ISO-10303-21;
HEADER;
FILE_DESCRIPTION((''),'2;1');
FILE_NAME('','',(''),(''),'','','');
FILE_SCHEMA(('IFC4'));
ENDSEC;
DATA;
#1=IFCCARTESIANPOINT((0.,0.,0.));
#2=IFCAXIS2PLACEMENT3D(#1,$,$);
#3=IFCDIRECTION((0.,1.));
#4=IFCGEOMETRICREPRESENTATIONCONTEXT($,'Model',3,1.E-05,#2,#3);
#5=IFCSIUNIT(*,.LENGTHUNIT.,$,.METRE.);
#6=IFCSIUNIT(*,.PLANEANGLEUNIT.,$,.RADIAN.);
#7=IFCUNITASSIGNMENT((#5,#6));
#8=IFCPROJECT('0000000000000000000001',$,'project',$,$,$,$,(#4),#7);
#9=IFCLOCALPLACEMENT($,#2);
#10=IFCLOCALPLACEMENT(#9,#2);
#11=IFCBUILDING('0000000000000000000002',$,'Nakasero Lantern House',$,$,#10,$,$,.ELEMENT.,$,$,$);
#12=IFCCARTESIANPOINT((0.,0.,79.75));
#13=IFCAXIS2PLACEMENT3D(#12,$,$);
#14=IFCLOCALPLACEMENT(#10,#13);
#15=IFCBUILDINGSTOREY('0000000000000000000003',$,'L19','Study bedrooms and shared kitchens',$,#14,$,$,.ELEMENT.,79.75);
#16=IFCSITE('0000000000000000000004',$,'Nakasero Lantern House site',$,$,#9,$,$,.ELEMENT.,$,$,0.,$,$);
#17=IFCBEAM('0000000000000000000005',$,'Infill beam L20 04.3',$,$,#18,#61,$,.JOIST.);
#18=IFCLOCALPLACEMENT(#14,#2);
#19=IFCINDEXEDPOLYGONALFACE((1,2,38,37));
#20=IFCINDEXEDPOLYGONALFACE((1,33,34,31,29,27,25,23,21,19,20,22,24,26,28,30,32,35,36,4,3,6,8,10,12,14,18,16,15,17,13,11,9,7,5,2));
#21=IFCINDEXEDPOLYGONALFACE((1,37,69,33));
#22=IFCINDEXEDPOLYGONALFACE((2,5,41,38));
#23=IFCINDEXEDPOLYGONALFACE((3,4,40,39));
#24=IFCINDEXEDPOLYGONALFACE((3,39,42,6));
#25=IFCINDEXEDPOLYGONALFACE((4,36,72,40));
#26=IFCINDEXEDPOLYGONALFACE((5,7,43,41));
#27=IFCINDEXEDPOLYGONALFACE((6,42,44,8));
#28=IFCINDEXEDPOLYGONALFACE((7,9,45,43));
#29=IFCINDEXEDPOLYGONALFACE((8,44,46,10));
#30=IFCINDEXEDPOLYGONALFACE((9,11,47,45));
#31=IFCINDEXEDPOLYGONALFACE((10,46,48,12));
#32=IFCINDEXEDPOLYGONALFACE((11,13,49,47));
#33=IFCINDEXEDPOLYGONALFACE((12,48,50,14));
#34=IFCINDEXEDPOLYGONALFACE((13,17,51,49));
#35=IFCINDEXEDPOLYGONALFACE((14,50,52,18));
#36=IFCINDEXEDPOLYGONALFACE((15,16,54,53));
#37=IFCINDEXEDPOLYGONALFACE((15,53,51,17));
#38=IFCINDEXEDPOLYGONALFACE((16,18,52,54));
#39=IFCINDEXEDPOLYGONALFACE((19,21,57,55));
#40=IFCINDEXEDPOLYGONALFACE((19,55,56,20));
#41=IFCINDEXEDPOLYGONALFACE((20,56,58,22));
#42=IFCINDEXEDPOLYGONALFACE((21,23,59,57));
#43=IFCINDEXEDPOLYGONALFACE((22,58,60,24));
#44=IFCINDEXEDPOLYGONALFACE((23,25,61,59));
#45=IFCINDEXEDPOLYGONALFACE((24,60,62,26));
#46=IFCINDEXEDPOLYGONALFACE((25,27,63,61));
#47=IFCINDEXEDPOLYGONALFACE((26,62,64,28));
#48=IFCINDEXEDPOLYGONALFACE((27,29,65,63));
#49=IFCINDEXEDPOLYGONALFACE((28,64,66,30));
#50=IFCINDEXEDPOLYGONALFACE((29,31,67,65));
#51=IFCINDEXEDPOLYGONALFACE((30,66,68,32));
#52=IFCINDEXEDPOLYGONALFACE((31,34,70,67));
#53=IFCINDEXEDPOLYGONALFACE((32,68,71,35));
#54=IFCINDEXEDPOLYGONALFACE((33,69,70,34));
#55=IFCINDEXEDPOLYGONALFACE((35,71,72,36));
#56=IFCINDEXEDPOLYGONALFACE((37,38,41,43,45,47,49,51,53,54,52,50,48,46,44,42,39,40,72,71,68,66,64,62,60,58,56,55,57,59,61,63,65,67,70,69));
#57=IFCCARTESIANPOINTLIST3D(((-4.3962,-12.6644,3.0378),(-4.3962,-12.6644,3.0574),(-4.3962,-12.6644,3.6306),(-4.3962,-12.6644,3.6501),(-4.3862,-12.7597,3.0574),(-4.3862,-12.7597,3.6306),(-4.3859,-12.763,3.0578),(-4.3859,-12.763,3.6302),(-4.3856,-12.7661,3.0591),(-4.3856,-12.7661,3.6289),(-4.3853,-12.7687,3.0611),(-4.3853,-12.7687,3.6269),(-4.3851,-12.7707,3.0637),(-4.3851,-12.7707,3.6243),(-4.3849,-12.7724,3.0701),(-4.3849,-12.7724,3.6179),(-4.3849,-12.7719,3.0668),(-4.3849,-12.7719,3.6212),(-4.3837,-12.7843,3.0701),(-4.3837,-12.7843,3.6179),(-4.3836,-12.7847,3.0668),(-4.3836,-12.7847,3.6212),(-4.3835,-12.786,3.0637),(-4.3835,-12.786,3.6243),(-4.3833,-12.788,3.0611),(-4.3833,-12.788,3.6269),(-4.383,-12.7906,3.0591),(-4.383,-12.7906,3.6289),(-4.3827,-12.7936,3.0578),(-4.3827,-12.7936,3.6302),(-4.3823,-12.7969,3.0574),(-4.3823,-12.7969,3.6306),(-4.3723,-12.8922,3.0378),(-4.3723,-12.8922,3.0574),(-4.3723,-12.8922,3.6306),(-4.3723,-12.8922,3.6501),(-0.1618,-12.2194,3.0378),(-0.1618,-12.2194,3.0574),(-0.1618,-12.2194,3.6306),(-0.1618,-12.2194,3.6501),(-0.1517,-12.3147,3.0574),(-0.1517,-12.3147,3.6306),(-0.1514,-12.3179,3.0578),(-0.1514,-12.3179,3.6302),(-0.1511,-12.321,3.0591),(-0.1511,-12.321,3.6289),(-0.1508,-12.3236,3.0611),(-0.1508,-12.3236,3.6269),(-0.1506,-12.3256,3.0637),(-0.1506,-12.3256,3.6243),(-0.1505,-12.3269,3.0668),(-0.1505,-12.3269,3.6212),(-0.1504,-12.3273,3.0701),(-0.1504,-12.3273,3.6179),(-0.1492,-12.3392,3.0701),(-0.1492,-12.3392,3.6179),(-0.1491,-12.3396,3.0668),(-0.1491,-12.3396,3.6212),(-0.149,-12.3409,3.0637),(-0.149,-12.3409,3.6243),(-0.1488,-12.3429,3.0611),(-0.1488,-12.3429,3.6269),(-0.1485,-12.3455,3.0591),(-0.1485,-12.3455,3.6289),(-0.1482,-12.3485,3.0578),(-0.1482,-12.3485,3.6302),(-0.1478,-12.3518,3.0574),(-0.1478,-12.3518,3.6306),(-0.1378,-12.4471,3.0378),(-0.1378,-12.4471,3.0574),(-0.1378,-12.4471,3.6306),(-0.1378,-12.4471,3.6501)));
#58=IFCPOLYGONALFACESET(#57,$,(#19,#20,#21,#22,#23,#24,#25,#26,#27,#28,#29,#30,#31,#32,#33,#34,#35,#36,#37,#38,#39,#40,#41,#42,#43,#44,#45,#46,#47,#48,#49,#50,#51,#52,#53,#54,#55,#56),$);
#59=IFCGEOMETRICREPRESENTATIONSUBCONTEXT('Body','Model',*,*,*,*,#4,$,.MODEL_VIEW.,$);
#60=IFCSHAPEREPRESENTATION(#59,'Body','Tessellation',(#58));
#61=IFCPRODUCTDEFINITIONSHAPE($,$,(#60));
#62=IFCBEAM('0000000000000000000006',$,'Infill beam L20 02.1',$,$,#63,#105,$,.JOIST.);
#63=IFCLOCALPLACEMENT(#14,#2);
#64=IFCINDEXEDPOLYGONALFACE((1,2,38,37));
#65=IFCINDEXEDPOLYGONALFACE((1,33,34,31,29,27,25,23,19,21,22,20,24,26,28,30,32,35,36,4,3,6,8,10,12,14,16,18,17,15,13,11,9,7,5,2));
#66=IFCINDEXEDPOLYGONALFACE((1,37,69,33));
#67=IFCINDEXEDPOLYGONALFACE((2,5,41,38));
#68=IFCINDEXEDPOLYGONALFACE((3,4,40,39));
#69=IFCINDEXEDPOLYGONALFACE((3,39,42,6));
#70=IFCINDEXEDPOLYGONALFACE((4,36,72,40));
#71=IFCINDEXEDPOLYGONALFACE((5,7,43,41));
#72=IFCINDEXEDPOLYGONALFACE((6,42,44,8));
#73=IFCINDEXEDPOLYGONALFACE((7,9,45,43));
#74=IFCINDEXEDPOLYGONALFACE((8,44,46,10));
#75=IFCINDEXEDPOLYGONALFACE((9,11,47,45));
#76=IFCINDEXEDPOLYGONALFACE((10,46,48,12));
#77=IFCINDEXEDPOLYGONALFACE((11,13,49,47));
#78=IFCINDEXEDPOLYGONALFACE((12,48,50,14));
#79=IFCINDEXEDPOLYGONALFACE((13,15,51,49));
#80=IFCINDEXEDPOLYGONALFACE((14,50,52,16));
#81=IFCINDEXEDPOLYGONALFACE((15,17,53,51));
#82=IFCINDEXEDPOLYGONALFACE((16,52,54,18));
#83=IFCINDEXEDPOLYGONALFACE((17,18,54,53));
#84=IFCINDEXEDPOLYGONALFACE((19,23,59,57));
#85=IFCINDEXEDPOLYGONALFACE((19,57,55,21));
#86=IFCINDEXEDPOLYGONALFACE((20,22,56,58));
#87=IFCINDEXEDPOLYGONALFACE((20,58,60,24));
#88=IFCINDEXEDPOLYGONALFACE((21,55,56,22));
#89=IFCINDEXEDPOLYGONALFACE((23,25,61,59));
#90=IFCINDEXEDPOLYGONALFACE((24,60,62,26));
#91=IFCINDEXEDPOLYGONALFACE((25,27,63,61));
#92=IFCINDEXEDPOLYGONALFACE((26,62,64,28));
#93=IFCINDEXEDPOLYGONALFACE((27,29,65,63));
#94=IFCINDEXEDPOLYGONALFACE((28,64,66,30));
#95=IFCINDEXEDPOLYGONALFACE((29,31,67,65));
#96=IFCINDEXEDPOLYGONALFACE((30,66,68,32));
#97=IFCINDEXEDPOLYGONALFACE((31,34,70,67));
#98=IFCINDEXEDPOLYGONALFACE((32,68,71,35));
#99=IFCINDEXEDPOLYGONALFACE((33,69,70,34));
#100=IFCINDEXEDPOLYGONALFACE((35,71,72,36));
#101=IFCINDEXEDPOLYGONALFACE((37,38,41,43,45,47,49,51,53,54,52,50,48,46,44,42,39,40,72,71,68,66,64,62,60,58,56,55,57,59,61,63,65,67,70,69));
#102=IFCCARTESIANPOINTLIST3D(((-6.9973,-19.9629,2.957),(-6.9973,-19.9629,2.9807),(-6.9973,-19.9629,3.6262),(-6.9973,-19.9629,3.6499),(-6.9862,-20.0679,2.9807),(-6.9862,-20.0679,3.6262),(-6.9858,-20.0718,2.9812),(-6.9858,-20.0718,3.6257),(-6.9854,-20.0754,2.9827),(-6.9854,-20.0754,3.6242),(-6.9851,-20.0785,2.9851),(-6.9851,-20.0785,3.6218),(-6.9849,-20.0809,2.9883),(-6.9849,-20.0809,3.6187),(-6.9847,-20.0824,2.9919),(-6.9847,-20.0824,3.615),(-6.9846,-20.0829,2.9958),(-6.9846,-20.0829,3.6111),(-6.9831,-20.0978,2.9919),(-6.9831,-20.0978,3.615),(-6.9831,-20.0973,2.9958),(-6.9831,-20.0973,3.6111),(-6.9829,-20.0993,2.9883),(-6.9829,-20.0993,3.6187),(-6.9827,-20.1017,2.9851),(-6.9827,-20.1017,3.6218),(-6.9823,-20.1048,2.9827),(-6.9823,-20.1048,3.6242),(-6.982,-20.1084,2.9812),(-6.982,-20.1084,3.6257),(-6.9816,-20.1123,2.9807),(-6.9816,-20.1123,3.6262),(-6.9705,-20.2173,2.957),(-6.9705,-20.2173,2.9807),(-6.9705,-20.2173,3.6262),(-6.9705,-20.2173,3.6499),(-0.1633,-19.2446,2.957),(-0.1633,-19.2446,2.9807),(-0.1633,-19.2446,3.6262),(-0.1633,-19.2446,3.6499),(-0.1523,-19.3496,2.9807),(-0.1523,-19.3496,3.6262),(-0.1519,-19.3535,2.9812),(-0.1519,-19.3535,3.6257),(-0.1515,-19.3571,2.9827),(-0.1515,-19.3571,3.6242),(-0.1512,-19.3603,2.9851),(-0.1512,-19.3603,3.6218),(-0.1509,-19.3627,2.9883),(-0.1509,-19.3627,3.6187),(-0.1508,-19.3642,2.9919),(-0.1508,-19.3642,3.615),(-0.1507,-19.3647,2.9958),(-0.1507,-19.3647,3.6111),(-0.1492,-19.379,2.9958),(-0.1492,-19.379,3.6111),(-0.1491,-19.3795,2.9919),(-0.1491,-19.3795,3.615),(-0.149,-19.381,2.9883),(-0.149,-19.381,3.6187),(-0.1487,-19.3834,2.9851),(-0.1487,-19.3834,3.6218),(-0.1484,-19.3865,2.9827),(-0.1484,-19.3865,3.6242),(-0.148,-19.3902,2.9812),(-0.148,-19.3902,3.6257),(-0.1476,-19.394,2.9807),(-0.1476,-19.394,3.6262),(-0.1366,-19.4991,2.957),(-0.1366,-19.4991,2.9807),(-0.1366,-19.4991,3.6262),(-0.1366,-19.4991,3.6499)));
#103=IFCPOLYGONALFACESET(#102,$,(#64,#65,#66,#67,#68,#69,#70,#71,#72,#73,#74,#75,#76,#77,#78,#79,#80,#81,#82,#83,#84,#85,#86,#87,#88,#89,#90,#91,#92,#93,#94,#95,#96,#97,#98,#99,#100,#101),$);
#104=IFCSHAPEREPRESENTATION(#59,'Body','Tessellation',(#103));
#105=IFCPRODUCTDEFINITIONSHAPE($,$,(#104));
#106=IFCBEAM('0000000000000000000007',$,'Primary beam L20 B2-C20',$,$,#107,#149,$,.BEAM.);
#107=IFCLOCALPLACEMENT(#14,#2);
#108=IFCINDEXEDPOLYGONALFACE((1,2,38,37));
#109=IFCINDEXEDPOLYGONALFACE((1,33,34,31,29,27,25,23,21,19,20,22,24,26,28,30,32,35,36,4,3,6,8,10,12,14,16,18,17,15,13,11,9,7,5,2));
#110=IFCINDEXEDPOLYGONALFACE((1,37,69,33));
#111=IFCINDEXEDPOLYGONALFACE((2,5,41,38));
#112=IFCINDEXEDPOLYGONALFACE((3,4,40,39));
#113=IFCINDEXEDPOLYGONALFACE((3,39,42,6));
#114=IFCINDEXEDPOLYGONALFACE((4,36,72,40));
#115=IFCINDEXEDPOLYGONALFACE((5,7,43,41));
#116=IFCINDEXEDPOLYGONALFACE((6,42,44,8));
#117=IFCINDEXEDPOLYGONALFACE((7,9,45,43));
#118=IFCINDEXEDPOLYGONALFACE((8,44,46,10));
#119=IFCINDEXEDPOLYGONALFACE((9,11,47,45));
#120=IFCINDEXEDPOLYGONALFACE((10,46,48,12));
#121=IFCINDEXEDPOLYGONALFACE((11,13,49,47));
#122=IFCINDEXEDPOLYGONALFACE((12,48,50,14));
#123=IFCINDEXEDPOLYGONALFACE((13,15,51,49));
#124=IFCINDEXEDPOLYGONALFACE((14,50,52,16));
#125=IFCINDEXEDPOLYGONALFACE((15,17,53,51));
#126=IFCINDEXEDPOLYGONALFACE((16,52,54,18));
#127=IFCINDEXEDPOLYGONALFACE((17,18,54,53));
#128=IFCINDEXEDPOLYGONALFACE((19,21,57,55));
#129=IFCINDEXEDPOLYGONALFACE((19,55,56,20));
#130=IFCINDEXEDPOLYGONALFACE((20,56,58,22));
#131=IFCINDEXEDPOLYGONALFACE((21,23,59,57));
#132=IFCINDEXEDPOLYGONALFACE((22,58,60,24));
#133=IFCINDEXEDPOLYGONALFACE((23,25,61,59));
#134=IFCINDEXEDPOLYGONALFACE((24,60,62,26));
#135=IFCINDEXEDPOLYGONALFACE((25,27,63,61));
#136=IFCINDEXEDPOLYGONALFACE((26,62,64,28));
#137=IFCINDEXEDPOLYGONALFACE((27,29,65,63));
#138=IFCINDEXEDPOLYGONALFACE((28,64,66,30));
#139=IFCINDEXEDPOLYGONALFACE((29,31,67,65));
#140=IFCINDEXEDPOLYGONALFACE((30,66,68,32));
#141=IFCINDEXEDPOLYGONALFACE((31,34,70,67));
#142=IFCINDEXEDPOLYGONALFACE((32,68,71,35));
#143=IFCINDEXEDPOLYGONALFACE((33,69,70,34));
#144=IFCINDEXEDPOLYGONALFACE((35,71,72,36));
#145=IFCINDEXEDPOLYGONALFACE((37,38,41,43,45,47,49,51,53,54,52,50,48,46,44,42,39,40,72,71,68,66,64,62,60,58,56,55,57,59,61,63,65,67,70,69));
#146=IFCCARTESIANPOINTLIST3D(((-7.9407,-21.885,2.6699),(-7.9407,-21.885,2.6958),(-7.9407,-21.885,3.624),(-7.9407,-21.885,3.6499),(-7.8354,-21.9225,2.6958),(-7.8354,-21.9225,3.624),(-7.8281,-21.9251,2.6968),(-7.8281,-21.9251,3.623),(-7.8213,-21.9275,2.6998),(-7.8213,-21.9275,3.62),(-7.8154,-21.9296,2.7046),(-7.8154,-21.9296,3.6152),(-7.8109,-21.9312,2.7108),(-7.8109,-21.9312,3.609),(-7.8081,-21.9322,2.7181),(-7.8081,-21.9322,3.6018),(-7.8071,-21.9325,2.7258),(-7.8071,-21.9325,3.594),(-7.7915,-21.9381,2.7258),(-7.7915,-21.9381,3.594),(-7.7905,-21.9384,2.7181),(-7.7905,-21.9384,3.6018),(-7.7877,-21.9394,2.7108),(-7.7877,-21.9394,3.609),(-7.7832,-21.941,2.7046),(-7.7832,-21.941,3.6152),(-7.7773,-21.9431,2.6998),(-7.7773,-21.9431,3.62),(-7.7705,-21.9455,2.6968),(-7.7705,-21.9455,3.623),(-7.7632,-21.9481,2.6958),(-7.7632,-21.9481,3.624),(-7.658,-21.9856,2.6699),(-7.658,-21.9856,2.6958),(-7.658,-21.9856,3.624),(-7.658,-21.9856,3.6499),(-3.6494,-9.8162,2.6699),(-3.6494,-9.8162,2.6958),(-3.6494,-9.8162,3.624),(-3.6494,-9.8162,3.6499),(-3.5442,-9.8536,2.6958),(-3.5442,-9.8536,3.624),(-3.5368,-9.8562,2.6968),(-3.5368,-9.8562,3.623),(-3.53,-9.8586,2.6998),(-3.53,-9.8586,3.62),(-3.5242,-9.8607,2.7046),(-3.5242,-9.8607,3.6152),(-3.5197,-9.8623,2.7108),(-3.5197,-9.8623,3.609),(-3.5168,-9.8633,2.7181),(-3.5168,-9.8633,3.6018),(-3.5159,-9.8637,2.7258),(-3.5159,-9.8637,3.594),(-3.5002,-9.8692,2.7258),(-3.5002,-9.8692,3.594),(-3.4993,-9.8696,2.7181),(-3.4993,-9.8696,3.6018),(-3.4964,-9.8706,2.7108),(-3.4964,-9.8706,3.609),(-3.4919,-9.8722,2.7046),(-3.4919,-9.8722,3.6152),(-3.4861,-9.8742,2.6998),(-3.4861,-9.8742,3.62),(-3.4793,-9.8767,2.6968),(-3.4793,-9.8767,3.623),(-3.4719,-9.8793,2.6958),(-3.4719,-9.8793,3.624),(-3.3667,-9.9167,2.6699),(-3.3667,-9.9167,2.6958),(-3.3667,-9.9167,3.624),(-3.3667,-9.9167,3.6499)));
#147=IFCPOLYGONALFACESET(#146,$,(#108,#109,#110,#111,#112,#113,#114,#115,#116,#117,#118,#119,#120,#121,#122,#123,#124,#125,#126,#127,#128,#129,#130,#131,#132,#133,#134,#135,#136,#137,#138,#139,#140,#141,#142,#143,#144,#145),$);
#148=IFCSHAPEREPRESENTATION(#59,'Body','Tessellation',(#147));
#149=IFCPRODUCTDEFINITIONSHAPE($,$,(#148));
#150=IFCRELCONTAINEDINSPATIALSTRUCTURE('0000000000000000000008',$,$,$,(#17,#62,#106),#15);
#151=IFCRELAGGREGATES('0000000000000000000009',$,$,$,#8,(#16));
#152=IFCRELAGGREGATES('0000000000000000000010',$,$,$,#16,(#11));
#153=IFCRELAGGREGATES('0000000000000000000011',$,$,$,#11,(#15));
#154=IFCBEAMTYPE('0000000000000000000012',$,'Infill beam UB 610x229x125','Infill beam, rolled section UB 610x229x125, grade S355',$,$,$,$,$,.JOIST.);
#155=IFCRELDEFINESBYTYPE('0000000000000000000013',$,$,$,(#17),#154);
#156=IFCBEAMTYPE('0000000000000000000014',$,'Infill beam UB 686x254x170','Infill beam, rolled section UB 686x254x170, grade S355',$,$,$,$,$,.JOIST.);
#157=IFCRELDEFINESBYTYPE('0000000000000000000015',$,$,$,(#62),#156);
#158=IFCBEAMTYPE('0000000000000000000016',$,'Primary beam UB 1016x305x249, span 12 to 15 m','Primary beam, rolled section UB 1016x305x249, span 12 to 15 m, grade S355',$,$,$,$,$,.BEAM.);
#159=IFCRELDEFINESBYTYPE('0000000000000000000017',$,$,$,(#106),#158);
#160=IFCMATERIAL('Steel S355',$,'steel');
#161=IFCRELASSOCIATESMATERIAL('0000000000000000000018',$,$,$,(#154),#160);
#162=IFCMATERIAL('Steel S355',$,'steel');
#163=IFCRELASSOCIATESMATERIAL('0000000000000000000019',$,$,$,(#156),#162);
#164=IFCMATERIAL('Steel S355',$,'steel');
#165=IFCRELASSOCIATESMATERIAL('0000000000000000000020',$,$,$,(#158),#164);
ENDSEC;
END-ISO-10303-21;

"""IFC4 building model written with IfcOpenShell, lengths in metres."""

from ifc_helpers import new_model, si_unit, direction, frame, origin, origin_2d, place, context, subcontext, project, spatial, i_section, extrude, material, material_profile, profile_set, type_object, element, save


model = new_model("IFC4")

# Units and contexts
model_context = context("Model", 3, precision=1e-05, world=origin(), true_north=direction((0.0, 1.0)))
body_context = subcontext(model_context, "Body", "Model", "MODEL_VIEW")
ifc_project = project(units=[si_unit("LENGTHUNIT", "METRE"), si_unit("PLANEANGLEUNIT", "RADIAN")], contexts=[model_context])

# Site, building, storey
site_placement = place(None, origin())
site = spatial("IfcSite", under=ifc_project, at=site_placement, Name="Nakasero Lantern House site", CompositionType="ELEMENT", RefElevation=0.0)
building_placement = place(site_placement, origin())
building = spatial("IfcBuilding", under=site, at=building_placement, Name="Nakasero Lantern House", CompositionType="ELEMENT")
storey_placement = place(building_placement, frame((0.0, 0.0, 79.75)))
storey = spatial("IfcBuildingStorey", under=building, at=storey_placement, Name="L19", Description="Study bedrooms and shared kitchens", CompositionType="ELEMENT", Elevation=79.75)

# Beams
ifc_material_1 = material(Name="Steel S355", Category="steel")
ifc_material_profile_1 = material_profile(ifc_material_1, i_section(OverallWidth=0.229, OverallDepth=0.6123, WebThickness=0.012, FlangeThickness=0.0195, FilletRadius=0.0127, at=origin_2d()), Name="UB 610x229x125")
ifc_profile_set_1 = profile_set([ifc_material_profile_1], Name="Steel S355")
beam_type_1 = type_object("IfcBeamType", Name="Infill beam UB 610x229x125", Description="Infill beam, rolled section UB 610x229x125, grade S355", PredefinedType="JOIST", material=ifc_profile_set_1)
beam_1_placement = place(storey_placement, frame((-4.3843, -12.7783, 3.344), z_axis=(0.994521, 0.104533, 0.0), x_axis=(-0.104533, 0.994521, 0.0)))
element("IfcBeam", 1, at=beam_1_placement, inside=storey, type_object=beam_type_1, Name="Infill beam L20 04.3", PredefinedType="JOIST", context=body_context, shape_type="SweptSolid", body=[
    extrude(i_section(OverallWidth=0.229, OverallDepth=0.6123, WebThickness=0.012, FlangeThickness=0.0195, FilletRadius=0.0127, at=origin_2d()), origin(), (0.0, 0.0, 1.0), 4.2578),
])
ifc_material_2 = material(Name="Steel S355", Category="steel")
ifc_material_profile_2 = material_profile(ifc_material_2, i_section(OverallWidth=0.2559, OverallDepth=0.6929, WebThickness=0.0144, FlangeThickness=0.0237, FilletRadius=0.0151, at=origin_2d()), Name="UB 686x254x170")
ifc_profile_set_2 = profile_set([ifc_material_profile_2], Name="Steel S355")
beam_type_2 = type_object("IfcBeamType", Name="Infill beam UB 686x254x170", Description="Infill beam, rolled section UB 686x254x170, grade S355", PredefinedType="JOIST", material=ifc_profile_set_2)
beam_2_placement = place(storey_placement, frame((-6.9839, -20.0901, 3.3035), z_axis=(0.994522, 0.104526, 0.0), x_axis=(-0.104526, 0.994522, 0.0)))
element("IfcBeam", 2, at=beam_2_placement, inside=storey, type_object=beam_type_2, Name="Infill beam L20 02.1", PredefinedType="JOIST", context=body_context, shape_type="SweptSolid", body=[
    extrude(i_section(OverallWidth=0.2559, OverallDepth=0.6929, WebThickness=0.0144, FlangeThickness=0.0237, FilletRadius=0.0151, at=origin_2d()), origin(), (0.0, 0.0, 1.0), 6.8716),
])
ifc_material_3 = material(Name="Steel S355", Category="steel")
ifc_material_profile_3 = material_profile(ifc_material_3, i_section(OverallWidth=0.3, OverallDepth=0.98, WebThickness=0.0166, FlangeThickness=0.0259, FilletRadius=0.03, at=origin_2d()), Name="UB 1016x305x249")
ifc_profile_set_3 = profile_set([ifc_material_profile_3], Name="Steel S355")
beam_type_3 = type_object("IfcBeamType", Name="Primary beam UB 1016x305x249, span 12 to 15 m", Description="Primary beam, rolled section UB 1016x305x249, span 12 to 15 m, grade S355", PredefinedType="BEAM", material=ifc_profile_set_3)
beam_3_placement = place(storey_placement, frame((-7.7993, -21.9353, 3.1599), z_axis=(0.335018, 0.942212, 0.0), x_axis=(-0.942212, 0.335018, 0.0)))
element("IfcBeam", 3, at=beam_3_placement, inside=storey, type_object=beam_type_3, Name="Primary beam L20 B2-C20", PredefinedType="BEAM", context=body_context, shape_type="SweptSolid", body=[
    extrude(i_section(OverallWidth=0.3, OverallDepth=0.98, WebThickness=0.0166, FlangeThickness=0.0259, FilletRadius=0.03, at=origin_2d()), origin(), (0.0, 0.0, 1.0), 12.8091),
])

save(model, "model.ifc")
